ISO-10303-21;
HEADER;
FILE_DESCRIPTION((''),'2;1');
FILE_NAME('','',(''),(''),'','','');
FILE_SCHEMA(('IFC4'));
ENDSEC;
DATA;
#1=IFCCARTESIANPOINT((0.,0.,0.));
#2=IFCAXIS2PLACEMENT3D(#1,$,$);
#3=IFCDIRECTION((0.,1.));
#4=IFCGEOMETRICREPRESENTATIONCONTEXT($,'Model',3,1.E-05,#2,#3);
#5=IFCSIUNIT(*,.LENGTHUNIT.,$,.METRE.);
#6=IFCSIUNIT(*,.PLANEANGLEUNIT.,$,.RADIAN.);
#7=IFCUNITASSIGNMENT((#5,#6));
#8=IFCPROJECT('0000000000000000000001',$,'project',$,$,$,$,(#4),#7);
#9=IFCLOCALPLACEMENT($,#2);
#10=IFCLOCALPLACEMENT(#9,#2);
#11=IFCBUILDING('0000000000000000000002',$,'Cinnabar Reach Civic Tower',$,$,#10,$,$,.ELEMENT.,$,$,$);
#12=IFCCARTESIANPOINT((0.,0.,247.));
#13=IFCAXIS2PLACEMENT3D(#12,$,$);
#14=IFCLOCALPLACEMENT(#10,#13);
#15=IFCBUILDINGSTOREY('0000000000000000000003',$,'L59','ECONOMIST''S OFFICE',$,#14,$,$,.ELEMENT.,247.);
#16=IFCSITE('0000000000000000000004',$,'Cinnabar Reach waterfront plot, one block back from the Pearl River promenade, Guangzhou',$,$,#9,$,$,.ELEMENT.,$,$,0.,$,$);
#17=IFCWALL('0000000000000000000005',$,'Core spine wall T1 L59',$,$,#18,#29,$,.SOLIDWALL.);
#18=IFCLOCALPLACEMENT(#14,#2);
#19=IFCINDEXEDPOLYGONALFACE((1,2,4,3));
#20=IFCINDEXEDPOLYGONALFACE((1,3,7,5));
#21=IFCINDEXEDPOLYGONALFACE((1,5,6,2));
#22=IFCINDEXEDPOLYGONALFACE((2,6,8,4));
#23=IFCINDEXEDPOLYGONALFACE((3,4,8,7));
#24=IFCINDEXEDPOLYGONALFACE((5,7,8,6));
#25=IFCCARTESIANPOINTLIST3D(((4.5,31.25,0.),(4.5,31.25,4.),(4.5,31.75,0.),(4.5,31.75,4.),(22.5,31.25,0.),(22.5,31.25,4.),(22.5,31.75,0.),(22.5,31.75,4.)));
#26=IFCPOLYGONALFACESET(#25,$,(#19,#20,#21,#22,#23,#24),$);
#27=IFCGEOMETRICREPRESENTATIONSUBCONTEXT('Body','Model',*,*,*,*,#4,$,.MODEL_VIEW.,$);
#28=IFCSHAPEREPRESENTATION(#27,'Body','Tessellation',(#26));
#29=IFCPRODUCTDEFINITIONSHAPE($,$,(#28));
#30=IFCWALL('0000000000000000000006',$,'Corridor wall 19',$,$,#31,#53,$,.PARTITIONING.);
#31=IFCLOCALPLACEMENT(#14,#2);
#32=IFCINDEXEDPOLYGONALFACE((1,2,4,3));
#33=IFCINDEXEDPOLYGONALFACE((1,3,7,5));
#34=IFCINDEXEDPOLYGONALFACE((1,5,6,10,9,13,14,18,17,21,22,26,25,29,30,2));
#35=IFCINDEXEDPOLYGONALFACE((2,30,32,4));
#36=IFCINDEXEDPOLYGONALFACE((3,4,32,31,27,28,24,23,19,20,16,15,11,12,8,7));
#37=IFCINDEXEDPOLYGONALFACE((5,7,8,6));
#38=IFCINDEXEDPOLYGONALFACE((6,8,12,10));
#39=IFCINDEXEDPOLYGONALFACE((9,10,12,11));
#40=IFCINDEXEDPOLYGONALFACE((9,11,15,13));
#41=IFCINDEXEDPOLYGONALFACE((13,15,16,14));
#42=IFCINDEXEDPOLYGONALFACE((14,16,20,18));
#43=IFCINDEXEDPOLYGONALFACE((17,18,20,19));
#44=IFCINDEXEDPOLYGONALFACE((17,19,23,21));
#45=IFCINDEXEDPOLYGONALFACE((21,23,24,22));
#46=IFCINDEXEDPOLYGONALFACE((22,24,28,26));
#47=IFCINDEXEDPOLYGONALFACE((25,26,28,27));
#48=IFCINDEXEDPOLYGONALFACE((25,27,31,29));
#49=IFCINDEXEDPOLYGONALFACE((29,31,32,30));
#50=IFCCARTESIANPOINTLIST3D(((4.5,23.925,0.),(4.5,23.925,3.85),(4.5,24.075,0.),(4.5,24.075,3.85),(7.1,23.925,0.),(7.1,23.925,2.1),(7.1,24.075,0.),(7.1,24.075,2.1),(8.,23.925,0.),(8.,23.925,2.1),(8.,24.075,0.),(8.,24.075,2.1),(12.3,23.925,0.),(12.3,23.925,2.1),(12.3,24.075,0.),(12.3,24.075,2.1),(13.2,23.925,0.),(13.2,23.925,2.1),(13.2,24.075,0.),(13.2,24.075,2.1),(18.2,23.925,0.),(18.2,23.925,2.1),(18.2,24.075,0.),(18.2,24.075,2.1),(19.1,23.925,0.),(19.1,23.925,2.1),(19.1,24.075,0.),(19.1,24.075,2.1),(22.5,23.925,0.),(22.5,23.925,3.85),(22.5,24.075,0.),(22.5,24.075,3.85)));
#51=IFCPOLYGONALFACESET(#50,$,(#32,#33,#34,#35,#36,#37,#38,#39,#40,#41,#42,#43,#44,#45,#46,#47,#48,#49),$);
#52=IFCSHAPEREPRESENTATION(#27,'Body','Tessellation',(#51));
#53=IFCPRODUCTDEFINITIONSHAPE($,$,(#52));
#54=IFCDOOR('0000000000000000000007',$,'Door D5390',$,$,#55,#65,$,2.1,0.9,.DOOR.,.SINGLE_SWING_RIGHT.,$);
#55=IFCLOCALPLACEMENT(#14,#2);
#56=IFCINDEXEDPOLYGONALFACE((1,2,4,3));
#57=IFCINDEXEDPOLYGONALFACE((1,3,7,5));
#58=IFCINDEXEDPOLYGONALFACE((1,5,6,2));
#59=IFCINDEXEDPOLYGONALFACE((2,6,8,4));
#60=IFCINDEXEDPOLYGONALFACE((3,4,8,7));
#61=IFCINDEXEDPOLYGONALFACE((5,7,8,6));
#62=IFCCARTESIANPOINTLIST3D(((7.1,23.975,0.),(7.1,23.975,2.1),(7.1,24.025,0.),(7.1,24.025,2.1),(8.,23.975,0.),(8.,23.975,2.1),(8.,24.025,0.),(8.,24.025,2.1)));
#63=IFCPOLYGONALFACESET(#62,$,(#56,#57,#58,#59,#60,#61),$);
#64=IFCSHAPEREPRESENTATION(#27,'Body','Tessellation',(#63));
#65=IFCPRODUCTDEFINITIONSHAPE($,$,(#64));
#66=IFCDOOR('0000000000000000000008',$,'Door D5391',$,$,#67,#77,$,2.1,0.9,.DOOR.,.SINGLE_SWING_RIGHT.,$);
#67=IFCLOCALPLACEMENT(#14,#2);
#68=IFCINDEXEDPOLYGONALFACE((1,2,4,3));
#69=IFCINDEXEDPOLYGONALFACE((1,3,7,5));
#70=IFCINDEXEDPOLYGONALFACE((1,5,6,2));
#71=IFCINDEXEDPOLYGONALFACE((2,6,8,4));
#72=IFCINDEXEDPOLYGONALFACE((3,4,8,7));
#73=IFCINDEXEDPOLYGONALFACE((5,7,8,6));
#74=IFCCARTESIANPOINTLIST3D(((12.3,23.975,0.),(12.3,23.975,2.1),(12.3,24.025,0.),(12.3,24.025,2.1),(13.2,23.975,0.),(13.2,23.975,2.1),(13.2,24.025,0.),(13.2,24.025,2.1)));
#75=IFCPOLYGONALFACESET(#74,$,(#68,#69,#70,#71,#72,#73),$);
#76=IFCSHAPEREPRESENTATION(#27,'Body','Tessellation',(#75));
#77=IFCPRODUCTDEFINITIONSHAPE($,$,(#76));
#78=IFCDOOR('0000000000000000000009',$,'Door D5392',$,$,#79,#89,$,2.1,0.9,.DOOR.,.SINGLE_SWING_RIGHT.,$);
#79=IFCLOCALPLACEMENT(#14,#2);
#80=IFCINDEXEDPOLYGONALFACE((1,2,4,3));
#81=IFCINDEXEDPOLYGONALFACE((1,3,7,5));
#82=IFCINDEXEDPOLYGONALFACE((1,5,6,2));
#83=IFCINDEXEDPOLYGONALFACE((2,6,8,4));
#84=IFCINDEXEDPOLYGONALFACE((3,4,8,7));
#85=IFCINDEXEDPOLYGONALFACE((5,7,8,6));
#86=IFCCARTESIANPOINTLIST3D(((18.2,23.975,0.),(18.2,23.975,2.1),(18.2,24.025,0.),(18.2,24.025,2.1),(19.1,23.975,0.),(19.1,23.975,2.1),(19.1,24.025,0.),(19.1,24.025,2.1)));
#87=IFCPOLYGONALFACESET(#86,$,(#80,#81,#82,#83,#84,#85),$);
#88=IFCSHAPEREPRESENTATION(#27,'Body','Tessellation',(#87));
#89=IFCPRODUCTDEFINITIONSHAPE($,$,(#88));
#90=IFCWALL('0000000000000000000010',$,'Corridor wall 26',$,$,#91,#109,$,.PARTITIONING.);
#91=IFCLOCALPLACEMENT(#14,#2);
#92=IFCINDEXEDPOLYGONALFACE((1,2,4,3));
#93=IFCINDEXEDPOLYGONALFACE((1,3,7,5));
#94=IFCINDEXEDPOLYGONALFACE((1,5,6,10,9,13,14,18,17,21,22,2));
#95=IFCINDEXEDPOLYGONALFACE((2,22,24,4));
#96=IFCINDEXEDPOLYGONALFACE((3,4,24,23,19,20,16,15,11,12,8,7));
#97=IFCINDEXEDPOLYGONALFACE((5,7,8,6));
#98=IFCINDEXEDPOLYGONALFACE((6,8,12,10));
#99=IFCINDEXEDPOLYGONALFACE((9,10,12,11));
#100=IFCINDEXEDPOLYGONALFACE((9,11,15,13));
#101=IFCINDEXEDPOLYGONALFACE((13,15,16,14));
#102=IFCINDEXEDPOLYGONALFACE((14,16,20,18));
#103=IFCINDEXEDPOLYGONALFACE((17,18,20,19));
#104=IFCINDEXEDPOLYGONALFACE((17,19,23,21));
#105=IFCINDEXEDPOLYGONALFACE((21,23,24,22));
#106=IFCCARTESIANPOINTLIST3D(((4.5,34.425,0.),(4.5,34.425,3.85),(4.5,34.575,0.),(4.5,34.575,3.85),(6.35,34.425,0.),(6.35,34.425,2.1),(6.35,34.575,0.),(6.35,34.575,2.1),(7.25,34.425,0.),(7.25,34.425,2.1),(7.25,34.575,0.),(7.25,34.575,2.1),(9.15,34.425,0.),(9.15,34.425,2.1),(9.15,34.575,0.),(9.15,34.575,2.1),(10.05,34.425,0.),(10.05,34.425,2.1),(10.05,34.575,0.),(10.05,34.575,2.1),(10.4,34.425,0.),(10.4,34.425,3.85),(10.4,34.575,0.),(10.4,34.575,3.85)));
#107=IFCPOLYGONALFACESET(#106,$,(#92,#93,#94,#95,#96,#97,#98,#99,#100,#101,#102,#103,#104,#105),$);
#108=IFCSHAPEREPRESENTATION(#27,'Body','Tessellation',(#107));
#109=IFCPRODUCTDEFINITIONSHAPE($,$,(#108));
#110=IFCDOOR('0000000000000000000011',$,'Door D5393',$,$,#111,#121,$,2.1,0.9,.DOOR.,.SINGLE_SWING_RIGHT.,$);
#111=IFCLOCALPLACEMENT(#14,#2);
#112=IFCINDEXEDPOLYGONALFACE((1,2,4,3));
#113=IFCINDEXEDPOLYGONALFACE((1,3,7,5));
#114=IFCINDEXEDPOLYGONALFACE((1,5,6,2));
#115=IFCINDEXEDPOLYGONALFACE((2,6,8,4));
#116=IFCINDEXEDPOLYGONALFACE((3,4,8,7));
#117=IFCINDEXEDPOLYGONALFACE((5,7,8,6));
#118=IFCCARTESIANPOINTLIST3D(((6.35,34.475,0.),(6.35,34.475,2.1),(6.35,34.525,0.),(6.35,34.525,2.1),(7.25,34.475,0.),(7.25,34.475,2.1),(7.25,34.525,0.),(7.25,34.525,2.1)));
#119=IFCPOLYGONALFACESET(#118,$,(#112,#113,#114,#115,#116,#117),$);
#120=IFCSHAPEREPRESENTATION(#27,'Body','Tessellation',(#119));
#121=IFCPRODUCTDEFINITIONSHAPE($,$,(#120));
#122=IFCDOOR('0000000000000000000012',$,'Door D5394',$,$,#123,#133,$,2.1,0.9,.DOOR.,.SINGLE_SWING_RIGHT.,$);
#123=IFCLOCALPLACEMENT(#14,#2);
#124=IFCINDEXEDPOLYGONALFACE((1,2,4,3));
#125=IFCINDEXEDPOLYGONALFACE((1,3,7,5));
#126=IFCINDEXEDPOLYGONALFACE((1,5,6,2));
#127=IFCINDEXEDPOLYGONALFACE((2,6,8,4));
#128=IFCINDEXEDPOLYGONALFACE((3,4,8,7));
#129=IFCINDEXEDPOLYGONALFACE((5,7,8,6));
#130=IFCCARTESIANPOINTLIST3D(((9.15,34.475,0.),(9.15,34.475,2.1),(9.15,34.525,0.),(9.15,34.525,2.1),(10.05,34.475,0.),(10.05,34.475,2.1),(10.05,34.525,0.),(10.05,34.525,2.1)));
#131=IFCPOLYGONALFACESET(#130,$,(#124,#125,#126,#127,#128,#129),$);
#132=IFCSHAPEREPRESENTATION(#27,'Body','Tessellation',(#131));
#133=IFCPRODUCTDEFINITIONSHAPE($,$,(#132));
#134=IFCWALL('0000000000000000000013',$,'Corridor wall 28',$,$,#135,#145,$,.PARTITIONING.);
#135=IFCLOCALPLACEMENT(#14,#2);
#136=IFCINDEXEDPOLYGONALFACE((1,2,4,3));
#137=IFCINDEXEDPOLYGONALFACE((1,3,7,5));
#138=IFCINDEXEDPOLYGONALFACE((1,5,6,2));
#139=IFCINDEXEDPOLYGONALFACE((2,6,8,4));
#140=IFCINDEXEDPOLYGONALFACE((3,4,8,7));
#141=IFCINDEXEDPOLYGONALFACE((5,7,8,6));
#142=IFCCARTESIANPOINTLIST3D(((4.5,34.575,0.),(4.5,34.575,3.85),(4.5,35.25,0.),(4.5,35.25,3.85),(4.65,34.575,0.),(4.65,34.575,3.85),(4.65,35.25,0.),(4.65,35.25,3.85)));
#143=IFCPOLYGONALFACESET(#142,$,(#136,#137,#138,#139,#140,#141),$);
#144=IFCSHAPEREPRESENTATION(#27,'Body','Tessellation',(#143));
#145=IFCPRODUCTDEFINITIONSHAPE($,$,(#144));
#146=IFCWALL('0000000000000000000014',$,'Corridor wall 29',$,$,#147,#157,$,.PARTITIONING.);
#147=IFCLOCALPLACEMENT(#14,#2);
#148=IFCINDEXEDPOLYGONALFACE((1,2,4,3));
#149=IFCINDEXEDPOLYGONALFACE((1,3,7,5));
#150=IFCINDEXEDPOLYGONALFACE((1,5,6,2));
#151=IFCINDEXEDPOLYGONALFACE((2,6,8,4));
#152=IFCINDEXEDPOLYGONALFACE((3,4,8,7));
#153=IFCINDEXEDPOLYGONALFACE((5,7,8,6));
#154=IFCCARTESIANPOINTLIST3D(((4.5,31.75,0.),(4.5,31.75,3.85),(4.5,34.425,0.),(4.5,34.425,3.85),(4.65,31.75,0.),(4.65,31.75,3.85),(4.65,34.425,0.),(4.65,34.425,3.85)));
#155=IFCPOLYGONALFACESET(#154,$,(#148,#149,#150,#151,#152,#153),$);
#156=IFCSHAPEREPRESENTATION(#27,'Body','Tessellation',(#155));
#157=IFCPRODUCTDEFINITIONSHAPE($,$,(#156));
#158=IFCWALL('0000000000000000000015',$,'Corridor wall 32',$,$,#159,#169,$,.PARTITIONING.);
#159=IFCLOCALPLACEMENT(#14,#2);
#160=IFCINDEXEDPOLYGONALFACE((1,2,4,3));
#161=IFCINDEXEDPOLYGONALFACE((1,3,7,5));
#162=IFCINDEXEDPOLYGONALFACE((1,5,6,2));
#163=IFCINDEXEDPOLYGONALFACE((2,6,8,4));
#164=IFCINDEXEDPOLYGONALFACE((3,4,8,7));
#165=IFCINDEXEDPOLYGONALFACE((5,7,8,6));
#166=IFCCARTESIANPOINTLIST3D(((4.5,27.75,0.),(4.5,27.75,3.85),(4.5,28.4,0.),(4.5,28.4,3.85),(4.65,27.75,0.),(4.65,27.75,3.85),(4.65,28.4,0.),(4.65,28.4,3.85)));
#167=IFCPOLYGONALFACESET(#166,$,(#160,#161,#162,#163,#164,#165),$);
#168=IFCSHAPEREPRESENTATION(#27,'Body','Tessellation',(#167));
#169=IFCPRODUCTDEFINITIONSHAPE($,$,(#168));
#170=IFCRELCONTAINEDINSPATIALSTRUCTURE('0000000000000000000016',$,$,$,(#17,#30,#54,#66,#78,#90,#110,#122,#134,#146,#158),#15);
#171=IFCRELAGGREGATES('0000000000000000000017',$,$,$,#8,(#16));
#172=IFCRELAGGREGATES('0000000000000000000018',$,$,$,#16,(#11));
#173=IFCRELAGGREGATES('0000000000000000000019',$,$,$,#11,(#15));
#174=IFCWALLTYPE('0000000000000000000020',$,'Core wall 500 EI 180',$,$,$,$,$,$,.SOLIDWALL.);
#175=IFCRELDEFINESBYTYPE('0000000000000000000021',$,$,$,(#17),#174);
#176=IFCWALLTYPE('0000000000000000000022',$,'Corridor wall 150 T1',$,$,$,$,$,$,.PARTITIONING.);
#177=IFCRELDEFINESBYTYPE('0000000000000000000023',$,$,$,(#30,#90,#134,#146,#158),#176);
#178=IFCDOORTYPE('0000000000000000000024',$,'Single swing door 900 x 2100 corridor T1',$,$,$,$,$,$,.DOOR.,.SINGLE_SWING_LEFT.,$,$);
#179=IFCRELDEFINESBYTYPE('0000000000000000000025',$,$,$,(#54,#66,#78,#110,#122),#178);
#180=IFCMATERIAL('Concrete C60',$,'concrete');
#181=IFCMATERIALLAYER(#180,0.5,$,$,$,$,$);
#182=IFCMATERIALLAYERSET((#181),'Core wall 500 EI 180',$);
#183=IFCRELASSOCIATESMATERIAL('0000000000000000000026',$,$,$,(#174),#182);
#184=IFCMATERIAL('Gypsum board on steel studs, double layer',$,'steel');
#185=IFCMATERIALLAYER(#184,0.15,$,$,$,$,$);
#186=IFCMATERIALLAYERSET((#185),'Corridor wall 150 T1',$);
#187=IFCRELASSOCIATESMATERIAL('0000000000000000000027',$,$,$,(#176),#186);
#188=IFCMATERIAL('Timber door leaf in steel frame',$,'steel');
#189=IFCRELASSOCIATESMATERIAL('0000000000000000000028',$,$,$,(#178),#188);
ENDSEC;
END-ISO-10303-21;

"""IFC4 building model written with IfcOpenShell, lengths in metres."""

from ifc_helpers import new_model, si_unit, direction, frame, frame_2d, origin, place, context, subcontext, project, spatial, rectangle, extrude, material, layer, layer_set, type_object, element, fill, save


model = new_model("IFC4")

# Units and contexts
model_context = context("Model", 3, precision=1e-05, world=origin(), true_north=direction((0.0, 1.0)))
body_context = subcontext(model_context, "Body", "Model", "MODEL_VIEW")
ifc_project = project(units=[si_unit("LENGTHUNIT", "METRE"), si_unit("PLANEANGLEUNIT", "RADIAN")], contexts=[model_context])

# Site, building, storey
site_placement = place(None, origin())
site = spatial("IfcSite", under=ifc_project, at=site_placement, Name="Cinnabar Reach waterfront plot, one block back from the Pearl River promenade, Guangzhou", CompositionType="ELEMENT", RefElevation=0.0)
building_placement = place(site_placement, origin())
building = spatial("IfcBuilding", under=site, at=building_placement, Name="Cinnabar Reach Civic Tower", CompositionType="ELEMENT")
storey_placement = place(building_placement, frame((0.0, 0.0, 247.0)))
storey = spatial("IfcBuildingStorey", under=building, at=storey_placement, Name="L59", Description="ECONOMIST'S OFFICE", CompositionType="ELEMENT", Elevation=247.0)

# Wall
ifc_material_1 = material(Name="Concrete C60", Category="concrete")
ifc_layer_1 = layer(ifc_material_1, 0.5)
ifc_layer_set_1 = layer_set([ifc_layer_1], Name="Core wall 500 EI 180")
wall_type_1 = type_object("IfcWallType", Name="Core wall 500 EI 180", PredefinedType="SOLIDWALL", material=ifc_layer_set_1)
wall_1_placement = place(storey_placement, frame((4.5, 31.5, 0.0), z_axis=(0.0, 0.0, 1.0), x_axis=(1.0, 0.0, 0.0)))
element("IfcWall", 1, at=wall_1_placement, inside=storey, type_object=wall_type_1, Name="Core spine wall T1 L59", PredefinedType="SOLIDWALL", context=body_context, shape_type="SweptSolid", body=[
    extrude(rectangle(XDim=18.0, YDim=0.5, at=frame_2d((9.0, 0.0))), origin(), (0.0, 0.0, 1.0), 4.0),
])

# Walls, openings, doors
ifc_material_2 = material(Name="Gypsum board on steel studs, double layer", Category="steel")
ifc_layer_2 = layer(ifc_material_2, 0.15)
ifc_layer_set_2 = layer_set([ifc_layer_2], Name="Corridor wall 150 T1")
wall_type_2 = type_object("IfcWallType", Name="Corridor wall 150 T1", PredefinedType="PARTITIONING", material=ifc_layer_set_2)
wall_2_placement = place(storey_placement, frame((4.5, 24.0, 0.0), z_axis=(0.0, 0.0, 1.0), x_axis=(1.0, 0.0, 0.0)))
wall_2 = element("IfcWall", 2, at=wall_2_placement, inside=storey, type_object=wall_type_2, Name="Corridor wall 19", PredefinedType="PARTITIONING", context=body_context, shape_type="SweptSolid", body=[
    extrude(rectangle(XDim=18.0, YDim=0.15, at=frame_2d((9.0, 0.0))), origin(), (0.0, 0.0, 1.0), 3.85),
])
opening_1_placement = place(wall_2_placement, frame((2.6, 0.0, 0.0)))
opening_1 = element("IfcOpeningElement", 3, at=opening_1_placement, cuts=wall_2, PredefinedType="OPENING", context=body_context, shape_type="SweptSolid", body=[
    extrude(rectangle(XDim=0.9, YDim=2.1, at=frame_2d((0.45, 1.05))), frame((0.0, 0.085, 0.0), z_axis=(0.0, -1.0, 0.0), x_axis=(1.0, 0.0, 0.0)), (0.0, 0.0, 1.0), 0.17),
])
opening_2_placement = place(wall_2_placement, frame((7.8, 0.0, 0.0)))
opening_2 = element("IfcOpeningElement", 4, at=opening_2_placement, cuts=wall_2, PredefinedType="OPENING", context=body_context, shape_type="SweptSolid", body=[
    extrude(rectangle(XDim=0.9, YDim=2.1, at=frame_2d((0.45, 1.05))), frame((0.0, 0.085, 0.0), z_axis=(0.0, -1.0, 0.0), x_axis=(1.0, 0.0, 0.0)), (0.0, 0.0, 1.0), 0.17),
])
opening_3_placement = place(wall_2_placement, frame((13.7, 0.0, 0.0)))
opening_3 = element("IfcOpeningElement", 5, at=opening_3_placement, cuts=wall_2, PredefinedType="OPENING", context=body_context, shape_type="SweptSolid", body=[
    extrude(rectangle(XDim=0.9, YDim=2.1, at=frame_2d((0.45, 1.05))), frame((0.0, 0.085, 0.0), z_axis=(0.0, -1.0, 0.0), x_axis=(1.0, 0.0, 0.0)), (0.0, 0.0, 1.0), 0.17),
])
ifc_material_3 = material(Name="Timber door leaf in steel frame", Category="steel")
door_type_1 = type_object("IfcDoorType", Name="Single swing door 900 x 2100 corridor T1", OperationType="SINGLE_SWING_LEFT", PredefinedType="DOOR", material=ifc_material_3)
door_1_placement = place(opening_1_placement, frame((0.9, 0.0, 0.0), z_axis=(0.0, 0.0, 1.0), x_axis=(-1.0, 0.0, 0.0)))
door_1 = element("IfcDoor", 6, at=door_1_placement, inside=storey, type_object=door_type_1, Name="Door D5390", OperationType="SINGLE_SWING_RIGHT", OverallHeight=2.1, OverallWidth=0.9, PredefinedType="DOOR", context=body_context, shape_type="SweptSolid", body=[
    extrude(rectangle(XDim=0.9, YDim=2.1, at=frame_2d((0.45, 1.05))), frame((0.0, 0.025, 0.0), z_axis=(0.0, -1.0, 0.0), x_axis=(1.0, 0.0, 0.0)), (0.0, 0.0, 1.0), 0.05),
])
fill(opening_1, door_1)
door_2_placement = place(opening_2_placement, frame((0.9, 0.0, 0.0), z_axis=(0.0, 0.0, 1.0), x_axis=(-1.0, 0.0, 0.0)))
door_2 = element("IfcDoor", 7, at=door_2_placement, inside=storey, type_object=door_type_1, Name="Door D5391", OperationType="SINGLE_SWING_RIGHT", OverallHeight=2.1, OverallWidth=0.9, PredefinedType="DOOR", context=body_context, shape_type="SweptSolid", body=[
    extrude(rectangle(XDim=0.9, YDim=2.1, at=frame_2d((0.45, 1.05))), frame((0.0, 0.025, 0.0), z_axis=(0.0, -1.0, 0.0), x_axis=(1.0, 0.0, 0.0)), (0.0, 0.0, 1.0), 0.05),
])
fill(opening_2, door_2)
door_3_placement = place(opening_3_placement, frame((0.9, 0.0, 0.0), z_axis=(0.0, 0.0, 1.0), x_axis=(-1.0, 0.0, 0.0)))
door_3 = element("IfcDoor", 8, at=door_3_placement, inside=storey, type_object=door_type_1, Name="Door D5392", OperationType="SINGLE_SWING_RIGHT", OverallHeight=2.1, OverallWidth=0.9, PredefinedType="DOOR", context=body_context, shape_type="SweptSolid", body=[
    extrude(rectangle(XDim=0.9, YDim=2.1, at=frame_2d((0.45, 1.05))), frame((0.0, 0.025, 0.0), z_axis=(0.0, -1.0, 0.0), x_axis=(1.0, 0.0, 0.0)), (0.0, 0.0, 1.0), 0.05),
])
fill(opening_3, door_3)
wall_3_placement = place(storey_placement, frame((4.5, 34.5, 0.0), z_axis=(0.0, 0.0, 1.0), x_axis=(1.0, 0.0, 0.0)))
wall_3 = element("IfcWall", 9, at=wall_3_placement, inside=storey, type_object=wall_type_2, Name="Corridor wall 26", PredefinedType="PARTITIONING", context=body_context, shape_type="SweptSolid", body=[
    extrude(rectangle(XDim=5.9, YDim=0.15, at=frame_2d((2.95, 0.0))), origin(), (0.0, 0.0, 1.0), 3.85),
])
opening_4_placement = place(wall_3_placement, frame((1.85, 0.0, 0.0)))
opening_4 = element("IfcOpeningElement", 10, at=opening_4_placement, cuts=wall_3, PredefinedType="OPENING", context=body_context, shape_type="SweptSolid", body=[
    extrude(rectangle(XDim=0.9, YDim=2.1, at=frame_2d((0.45, 1.05))), frame((0.0, 0.085, 0.0), z_axis=(0.0, -1.0, 0.0), x_axis=(1.0, 0.0, 0.0)), (0.0, 0.0, 1.0), 0.17),
])
opening_5_placement = place(wall_3_placement, frame((4.65, 0.0, 0.0)))
opening_5 = element("IfcOpeningElement", 11, at=opening_5_placement, cuts=wall_3, PredefinedType="OPENING", context=body_context, shape_type="SweptSolid", body=[
    extrude(rectangle(XDim=0.9, YDim=2.1, at=frame_2d((0.45, 1.05))), frame((0.0, 0.085, 0.0), z_axis=(0.0, -1.0, 0.0), x_axis=(1.0, 0.0, 0.0)), (0.0, 0.0, 1.0), 0.17),
])
door_4_placement = place(opening_4_placement, frame((0.9, 0.0, 0.0), z_axis=(0.0, 0.0, 1.0), x_axis=(-1.0, 0.0, 0.0)))
door_4 = element("IfcDoor", 12, at=door_4_placement, inside=storey, type_object=door_type_1, Name="Door D5393", OperationType="SINGLE_SWING_RIGHT", OverallHeight=2.1, OverallWidth=0.9, PredefinedType="DOOR", context=body_context, shape_type="SweptSolid", body=[
    extrude(rectangle(XDim=0.9, YDim=2.1, at=frame_2d((0.45, 1.05))), frame((0.0, 0.025, 0.0), z_axis=(0.0, -1.0, 0.0), x_axis=(1.0, 0.0, 0.0)), (0.0, 0.0, 1.0), 0.05),
])
fill(opening_4, door_4)
door_5_placement = place(opening_5_placement, frame((0.9, 0.0, 0.0), z_axis=(0.0, 0.0, 1.0), x_axis=(-1.0, 0.0, 0.0)))
door_5 = element("IfcDoor", 13, at=door_5_placement, inside=storey, type_object=door_type_1, Name="Door D5394", OperationType="SINGLE_SWING_RIGHT", OverallHeight=2.1, OverallWidth=0.9, PredefinedType="DOOR", context=body_context, shape_type="SweptSolid", body=[
    extrude(rectangle(XDim=0.9, YDim=2.1, at=frame_2d((0.45, 1.05))), frame((0.0, 0.025, 0.0), z_axis=(0.0, -1.0, 0.0), x_axis=(1.0, 0.0, 0.0)), (0.0, 0.0, 1.0), 0.05),
])
fill(opening_5, door_5)

# Walls
wall_4_placement = place(storey_placement, frame((4.575, 34.575, 0.0), z_axis=(0.0, 0.0, 1.0), x_axis=(0.0, 1.0, 0.0)))
element("IfcWall", 14, at=wall_4_placement, inside=storey, type_object=wall_type_2, Name="Corridor wall 28", PredefinedType="PARTITIONING", context=body_context, shape_type="SweptSolid", body=[
    extrude(rectangle(XDim=0.675, YDim=0.15, at=frame_2d((0.3375, 0.0))), origin(), (0.0, 0.0, 1.0), 3.85),
])
wall_5_placement = place(storey_placement, frame((4.575, 31.75, 0.0), z_axis=(0.0, 0.0, 1.0), x_axis=(0.0, 1.0, 0.0)))
element("IfcWall", 15, at=wall_5_placement, inside=storey, type_object=wall_type_2, Name="Corridor wall 29", PredefinedType="PARTITIONING", context=body_context, shape_type="SweptSolid", body=[
    extrude(rectangle(XDim=2.675, YDim=0.15, at=frame_2d((1.3375, 0.0))), origin(), (0.0, 0.0, 1.0), 3.85),
])
wall_6_placement = place(storey_placement, frame((4.575, 27.75, 0.0), z_axis=(0.0, 0.0, 1.0), x_axis=(0.0, 1.0, 0.0)))
element("IfcWall", 16, at=wall_6_placement, inside=storey, type_object=wall_type_2, Name="Corridor wall 32", PredefinedType="PARTITIONING", context=body_context, shape_type="SweptSolid", body=[
    extrude(rectangle(XDim=0.65, YDim=0.15, at=frame_2d((0.325, 0.0))), origin(), (0.0, 0.0, 1.0), 3.85),
])

save(model, "model.ifc")
